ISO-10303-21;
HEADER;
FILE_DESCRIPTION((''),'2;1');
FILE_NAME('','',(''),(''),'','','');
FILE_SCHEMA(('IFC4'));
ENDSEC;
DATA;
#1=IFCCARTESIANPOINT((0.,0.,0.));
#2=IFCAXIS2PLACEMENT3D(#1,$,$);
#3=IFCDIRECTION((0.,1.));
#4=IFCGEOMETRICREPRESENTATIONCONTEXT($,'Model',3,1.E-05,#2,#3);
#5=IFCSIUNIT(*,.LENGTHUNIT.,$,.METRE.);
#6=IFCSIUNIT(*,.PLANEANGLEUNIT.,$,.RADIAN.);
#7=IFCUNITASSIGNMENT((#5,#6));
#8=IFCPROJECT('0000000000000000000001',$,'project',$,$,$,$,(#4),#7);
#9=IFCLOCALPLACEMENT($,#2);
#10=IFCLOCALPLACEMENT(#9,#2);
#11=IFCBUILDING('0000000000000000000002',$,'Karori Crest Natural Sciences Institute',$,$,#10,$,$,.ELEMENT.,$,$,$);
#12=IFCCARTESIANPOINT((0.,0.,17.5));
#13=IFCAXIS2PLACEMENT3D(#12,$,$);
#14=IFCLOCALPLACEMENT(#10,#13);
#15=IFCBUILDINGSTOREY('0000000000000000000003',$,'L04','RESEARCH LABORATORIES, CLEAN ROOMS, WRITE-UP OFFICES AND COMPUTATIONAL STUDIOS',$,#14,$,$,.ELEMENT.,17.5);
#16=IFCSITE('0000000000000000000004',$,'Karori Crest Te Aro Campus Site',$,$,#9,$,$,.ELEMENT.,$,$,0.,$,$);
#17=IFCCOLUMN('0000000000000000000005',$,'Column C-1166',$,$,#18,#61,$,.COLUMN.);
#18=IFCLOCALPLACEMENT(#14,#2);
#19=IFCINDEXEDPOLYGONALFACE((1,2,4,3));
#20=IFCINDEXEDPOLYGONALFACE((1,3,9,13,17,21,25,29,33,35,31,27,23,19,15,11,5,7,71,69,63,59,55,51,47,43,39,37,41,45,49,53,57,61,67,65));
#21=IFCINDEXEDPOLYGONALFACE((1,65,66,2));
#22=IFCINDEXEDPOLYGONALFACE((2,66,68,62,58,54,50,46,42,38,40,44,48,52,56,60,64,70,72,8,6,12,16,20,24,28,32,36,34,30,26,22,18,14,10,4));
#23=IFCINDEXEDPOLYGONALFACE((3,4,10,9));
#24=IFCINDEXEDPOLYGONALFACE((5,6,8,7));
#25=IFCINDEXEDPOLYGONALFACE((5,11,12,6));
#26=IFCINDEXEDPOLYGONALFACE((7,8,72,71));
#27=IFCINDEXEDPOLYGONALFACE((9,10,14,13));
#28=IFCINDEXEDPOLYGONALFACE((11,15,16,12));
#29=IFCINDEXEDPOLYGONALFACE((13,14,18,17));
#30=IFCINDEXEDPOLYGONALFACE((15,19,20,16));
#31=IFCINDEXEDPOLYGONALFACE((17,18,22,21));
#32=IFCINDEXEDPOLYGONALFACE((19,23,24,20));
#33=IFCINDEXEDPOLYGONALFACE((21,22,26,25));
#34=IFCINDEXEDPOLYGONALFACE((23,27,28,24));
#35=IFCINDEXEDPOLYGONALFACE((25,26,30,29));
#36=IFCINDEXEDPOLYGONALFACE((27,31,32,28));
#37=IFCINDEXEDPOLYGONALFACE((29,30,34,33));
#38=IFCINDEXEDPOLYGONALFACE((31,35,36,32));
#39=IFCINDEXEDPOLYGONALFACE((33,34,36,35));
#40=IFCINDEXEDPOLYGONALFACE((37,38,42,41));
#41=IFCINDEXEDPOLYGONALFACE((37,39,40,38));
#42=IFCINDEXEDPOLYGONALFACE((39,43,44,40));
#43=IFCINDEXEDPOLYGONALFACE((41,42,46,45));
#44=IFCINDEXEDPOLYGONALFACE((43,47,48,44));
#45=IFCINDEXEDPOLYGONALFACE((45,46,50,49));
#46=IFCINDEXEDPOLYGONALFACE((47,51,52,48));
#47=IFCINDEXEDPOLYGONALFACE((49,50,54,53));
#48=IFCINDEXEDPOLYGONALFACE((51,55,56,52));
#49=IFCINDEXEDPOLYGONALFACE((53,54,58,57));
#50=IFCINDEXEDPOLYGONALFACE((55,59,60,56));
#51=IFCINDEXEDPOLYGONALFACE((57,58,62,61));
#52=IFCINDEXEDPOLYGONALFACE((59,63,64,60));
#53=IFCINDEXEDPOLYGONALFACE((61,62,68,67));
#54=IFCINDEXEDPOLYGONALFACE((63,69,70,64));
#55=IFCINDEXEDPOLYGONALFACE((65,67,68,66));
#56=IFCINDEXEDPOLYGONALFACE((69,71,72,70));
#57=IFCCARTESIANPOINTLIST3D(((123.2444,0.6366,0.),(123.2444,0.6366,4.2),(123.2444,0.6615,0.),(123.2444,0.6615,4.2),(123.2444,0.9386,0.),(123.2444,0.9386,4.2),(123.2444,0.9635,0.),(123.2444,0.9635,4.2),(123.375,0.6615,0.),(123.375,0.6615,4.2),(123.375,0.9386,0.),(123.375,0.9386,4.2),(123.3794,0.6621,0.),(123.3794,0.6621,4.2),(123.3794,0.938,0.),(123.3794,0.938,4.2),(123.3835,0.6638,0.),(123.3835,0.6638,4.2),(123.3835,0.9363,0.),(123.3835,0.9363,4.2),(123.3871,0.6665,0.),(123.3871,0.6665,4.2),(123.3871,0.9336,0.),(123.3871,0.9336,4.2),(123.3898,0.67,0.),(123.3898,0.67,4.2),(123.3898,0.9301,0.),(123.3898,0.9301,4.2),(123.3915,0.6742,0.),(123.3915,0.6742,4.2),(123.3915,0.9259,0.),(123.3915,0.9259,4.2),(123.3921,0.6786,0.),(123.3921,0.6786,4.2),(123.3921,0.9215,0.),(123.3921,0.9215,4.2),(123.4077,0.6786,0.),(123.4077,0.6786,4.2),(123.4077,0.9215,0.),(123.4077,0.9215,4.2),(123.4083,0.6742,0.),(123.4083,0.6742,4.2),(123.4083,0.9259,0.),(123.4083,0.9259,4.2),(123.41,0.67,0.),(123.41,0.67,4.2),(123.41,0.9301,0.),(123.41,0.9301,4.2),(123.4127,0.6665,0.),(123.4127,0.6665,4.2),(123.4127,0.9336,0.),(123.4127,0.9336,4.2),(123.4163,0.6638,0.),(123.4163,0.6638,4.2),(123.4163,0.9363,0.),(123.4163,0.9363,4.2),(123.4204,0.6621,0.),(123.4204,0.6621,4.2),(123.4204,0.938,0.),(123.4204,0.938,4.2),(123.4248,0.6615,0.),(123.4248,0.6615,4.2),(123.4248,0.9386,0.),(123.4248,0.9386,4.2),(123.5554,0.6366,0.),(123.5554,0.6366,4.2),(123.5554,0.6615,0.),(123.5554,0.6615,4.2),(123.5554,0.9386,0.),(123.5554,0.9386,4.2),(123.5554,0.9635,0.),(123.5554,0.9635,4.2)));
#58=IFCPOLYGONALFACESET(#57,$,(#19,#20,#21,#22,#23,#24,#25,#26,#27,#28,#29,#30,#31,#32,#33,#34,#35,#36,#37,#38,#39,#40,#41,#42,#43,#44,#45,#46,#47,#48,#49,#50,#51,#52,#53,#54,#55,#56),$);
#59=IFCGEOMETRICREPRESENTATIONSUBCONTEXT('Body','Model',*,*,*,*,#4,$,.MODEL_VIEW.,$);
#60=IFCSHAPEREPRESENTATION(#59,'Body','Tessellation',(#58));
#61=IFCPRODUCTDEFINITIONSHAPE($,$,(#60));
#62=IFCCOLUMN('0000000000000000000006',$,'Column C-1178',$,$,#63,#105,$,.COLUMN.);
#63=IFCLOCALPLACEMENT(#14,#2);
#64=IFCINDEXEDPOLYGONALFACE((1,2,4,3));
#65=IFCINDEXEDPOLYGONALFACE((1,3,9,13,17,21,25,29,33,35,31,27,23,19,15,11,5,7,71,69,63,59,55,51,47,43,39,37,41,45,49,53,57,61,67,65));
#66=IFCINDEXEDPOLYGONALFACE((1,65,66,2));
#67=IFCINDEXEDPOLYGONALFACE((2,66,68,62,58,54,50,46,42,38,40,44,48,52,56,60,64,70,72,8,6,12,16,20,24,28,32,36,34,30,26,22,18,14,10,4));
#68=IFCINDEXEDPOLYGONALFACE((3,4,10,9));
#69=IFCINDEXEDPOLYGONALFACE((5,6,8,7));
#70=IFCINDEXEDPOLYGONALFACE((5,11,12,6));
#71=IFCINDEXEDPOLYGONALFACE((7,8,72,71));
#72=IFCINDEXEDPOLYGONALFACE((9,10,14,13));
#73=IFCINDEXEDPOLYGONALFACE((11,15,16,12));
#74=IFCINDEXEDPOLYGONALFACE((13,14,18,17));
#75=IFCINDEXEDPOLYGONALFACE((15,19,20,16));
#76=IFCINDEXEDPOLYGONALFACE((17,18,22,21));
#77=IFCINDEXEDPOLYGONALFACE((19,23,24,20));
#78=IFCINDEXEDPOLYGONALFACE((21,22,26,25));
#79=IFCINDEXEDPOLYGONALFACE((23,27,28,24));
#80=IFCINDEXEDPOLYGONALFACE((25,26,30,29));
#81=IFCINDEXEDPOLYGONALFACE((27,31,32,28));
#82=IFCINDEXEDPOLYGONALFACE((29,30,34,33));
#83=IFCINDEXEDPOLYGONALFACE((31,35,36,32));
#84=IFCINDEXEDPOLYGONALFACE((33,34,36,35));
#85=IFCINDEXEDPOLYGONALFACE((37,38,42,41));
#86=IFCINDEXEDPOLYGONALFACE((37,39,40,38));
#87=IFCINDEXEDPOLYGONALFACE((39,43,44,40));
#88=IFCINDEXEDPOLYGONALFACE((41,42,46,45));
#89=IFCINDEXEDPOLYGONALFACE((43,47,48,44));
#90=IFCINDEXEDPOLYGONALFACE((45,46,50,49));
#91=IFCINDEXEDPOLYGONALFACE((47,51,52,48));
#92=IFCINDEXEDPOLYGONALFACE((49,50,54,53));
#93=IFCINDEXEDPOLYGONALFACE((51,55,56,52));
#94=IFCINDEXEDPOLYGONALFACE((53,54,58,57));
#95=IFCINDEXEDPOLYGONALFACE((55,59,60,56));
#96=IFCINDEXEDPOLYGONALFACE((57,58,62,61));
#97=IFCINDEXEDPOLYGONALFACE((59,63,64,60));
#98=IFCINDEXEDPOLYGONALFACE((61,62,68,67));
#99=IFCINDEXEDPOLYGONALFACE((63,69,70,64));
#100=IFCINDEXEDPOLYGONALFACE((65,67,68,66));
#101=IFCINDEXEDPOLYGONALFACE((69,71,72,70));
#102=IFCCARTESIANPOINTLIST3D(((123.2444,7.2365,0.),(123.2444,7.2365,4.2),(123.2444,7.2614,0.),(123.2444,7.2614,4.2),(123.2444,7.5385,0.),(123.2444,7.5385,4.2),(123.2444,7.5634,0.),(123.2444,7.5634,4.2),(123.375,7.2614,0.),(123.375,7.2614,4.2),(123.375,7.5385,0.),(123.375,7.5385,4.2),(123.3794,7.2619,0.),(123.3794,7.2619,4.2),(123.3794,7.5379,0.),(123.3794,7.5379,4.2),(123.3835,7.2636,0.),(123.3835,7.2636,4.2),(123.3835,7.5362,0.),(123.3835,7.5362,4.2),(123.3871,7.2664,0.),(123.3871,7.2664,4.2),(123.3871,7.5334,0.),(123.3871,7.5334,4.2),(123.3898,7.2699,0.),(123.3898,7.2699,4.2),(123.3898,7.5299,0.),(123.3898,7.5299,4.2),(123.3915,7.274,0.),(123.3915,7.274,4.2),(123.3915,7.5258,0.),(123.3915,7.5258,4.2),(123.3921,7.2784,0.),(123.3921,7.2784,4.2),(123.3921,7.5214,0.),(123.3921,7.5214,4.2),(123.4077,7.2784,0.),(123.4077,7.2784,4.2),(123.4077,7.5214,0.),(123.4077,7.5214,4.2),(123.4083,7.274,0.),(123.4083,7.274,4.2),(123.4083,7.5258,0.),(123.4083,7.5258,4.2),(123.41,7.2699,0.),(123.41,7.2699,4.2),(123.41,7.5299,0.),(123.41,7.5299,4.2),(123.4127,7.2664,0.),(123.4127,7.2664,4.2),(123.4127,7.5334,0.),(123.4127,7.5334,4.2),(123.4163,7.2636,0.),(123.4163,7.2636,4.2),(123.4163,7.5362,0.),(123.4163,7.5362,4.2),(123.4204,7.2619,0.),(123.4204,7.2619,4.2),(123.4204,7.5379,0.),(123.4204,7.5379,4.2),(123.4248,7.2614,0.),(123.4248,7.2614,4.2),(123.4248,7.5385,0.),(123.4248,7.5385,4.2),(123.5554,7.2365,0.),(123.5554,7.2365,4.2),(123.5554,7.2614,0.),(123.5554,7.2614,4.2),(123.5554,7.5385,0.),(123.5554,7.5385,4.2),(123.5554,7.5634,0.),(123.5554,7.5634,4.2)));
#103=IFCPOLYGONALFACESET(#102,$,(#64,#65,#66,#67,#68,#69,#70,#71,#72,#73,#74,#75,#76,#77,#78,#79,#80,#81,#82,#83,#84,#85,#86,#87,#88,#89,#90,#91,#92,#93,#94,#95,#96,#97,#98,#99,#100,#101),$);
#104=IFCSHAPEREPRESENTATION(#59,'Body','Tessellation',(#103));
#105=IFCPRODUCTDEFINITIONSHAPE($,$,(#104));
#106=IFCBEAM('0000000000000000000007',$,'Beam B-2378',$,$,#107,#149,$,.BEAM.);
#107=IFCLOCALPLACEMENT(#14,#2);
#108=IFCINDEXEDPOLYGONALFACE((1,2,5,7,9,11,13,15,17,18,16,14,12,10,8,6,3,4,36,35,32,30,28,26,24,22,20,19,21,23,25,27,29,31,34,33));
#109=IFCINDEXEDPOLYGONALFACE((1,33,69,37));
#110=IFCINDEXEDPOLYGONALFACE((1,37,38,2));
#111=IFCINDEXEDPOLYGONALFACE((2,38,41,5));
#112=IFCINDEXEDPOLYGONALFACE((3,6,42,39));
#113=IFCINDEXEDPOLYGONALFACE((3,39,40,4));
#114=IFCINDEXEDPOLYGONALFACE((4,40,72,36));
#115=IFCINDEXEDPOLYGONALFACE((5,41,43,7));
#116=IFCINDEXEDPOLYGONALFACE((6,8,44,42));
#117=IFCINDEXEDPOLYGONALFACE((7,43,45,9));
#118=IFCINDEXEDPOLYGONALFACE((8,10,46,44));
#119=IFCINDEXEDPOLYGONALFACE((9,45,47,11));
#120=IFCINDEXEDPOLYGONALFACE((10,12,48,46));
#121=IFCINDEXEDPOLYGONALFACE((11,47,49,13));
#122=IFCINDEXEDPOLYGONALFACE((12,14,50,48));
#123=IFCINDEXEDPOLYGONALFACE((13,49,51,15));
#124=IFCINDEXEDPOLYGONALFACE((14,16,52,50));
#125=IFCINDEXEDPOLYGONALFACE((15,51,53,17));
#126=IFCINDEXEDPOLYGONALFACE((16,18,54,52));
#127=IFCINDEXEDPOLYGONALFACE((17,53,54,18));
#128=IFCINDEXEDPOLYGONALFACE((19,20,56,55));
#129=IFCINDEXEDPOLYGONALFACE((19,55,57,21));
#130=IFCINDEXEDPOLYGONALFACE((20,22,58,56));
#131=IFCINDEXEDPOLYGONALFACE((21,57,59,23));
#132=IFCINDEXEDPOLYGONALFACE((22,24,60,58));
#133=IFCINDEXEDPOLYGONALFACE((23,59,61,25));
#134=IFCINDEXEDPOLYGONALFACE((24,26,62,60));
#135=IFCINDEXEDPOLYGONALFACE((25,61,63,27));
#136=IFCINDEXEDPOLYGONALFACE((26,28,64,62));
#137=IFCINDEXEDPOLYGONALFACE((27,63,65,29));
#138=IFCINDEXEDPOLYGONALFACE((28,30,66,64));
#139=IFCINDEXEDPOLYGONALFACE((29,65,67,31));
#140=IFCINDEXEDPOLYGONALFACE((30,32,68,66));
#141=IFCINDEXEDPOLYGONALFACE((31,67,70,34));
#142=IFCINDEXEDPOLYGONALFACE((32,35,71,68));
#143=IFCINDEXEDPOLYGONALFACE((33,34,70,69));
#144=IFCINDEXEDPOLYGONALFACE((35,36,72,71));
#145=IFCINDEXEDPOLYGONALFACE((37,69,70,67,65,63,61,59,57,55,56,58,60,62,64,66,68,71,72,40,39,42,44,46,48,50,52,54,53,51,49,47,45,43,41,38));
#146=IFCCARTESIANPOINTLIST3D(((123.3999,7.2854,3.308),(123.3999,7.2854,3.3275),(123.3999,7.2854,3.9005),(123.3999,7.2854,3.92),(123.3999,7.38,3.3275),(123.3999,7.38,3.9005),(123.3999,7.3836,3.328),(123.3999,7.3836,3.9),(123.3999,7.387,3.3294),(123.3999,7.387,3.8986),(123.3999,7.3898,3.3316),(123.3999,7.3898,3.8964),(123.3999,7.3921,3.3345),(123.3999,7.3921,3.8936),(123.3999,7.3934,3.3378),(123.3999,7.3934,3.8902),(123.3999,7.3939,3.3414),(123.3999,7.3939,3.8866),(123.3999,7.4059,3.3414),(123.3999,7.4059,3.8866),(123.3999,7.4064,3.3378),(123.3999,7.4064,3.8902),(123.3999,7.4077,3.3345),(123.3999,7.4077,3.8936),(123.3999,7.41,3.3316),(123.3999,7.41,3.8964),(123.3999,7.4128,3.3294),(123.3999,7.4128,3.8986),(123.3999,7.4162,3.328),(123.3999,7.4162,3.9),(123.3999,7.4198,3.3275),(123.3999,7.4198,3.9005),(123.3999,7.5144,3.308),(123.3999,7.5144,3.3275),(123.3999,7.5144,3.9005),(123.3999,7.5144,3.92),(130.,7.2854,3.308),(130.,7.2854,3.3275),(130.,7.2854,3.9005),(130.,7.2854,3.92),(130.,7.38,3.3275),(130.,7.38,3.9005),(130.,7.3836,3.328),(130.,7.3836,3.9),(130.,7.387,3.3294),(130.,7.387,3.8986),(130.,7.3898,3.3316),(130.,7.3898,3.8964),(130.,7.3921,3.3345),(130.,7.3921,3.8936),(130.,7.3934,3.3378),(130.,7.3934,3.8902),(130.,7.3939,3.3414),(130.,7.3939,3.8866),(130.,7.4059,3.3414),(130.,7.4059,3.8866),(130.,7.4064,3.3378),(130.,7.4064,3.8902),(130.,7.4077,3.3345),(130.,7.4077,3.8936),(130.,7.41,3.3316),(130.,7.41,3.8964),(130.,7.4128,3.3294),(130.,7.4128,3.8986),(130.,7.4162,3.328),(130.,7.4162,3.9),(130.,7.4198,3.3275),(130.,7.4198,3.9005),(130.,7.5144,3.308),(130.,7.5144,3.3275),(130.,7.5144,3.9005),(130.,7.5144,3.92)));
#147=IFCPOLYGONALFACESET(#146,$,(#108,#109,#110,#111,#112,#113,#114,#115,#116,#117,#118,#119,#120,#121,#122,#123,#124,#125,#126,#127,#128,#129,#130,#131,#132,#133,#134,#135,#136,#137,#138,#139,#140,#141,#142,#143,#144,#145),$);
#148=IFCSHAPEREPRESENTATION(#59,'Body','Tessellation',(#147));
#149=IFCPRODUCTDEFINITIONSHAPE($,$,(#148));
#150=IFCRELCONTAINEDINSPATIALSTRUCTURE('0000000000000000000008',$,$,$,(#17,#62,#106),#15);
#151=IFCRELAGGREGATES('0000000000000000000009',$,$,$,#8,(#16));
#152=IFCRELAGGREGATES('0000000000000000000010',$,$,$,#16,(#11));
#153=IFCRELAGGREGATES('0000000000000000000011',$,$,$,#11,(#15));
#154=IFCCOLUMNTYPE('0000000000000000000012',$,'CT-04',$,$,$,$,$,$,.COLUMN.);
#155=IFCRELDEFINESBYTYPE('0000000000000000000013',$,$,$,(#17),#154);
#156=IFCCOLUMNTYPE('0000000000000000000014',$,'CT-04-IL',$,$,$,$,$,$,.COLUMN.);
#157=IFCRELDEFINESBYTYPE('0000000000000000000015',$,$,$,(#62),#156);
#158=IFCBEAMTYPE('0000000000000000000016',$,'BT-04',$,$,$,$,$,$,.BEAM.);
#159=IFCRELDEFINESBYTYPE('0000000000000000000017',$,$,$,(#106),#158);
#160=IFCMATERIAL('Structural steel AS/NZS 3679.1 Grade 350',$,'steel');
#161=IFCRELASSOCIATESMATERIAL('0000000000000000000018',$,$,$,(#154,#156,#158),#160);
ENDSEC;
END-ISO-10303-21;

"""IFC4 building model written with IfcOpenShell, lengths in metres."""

from ifc_helpers import new_model, si_unit, direction, frame, origin, origin_2d, place, context, subcontext, project, spatial, i_section, extrude, material, material_profile, profile_set, type_object, element, save


model = new_model("IFC4")

# Units and contexts
model_context = context("Model", 3, precision=1e-05, world=origin(), true_north=direction((0.0, 1.0)))
body_context = subcontext(model_context, "Body", "Model", "MODEL_VIEW")
ifc_project = project(units=[si_unit("LENGTHUNIT", "METRE"), si_unit("PLANEANGLEUNIT", "RADIAN")], contexts=[model_context])

# Site, building, storey
site_placement = place(None, origin())
site = spatial("IfcSite", under=ifc_project, at=site_placement, Name="Karori Crest Te Aro Campus Site", CompositionType="ELEMENT", RefElevation=0.0)
building_placement = place(site_placement, origin())
building = spatial("IfcBuilding", under=site, at=building_placement, Name="Karori Crest Natural Sciences Institute", CompositionType="ELEMENT")
storey_placement = place(building_placement, frame((0.0, 0.0, 17.5)))
storey = spatial("IfcBuildingStorey", under=building, at=storey_placement, Name="L04", Description="RESEARCH LABORATORIES, CLEAN ROOMS, WRITE-UP OFFICES AND COMPUTATIONAL STUDIOS", CompositionType="ELEMENT", Elevation=17.5)

# Columns
ifc_material_1 = material(Name="Structural steel AS/NZS 3679.1 Grade 350", Category="steel")
ifc_material_profile_1 = material_profile(ifc_material_1, i_section(OverallWidth=0.311, OverallDepth=0.3269, WebThickness=0.0156, FlangeThickness=0.0249, FilletRadius=0.0171, at=origin_2d()), Name="310UC158")
ifc_profile_set_1 = profile_set([ifc_material_profile_1], Name="Structural steel AS/NZS 3679.1 Grade 350")
column_type_1 = type_object("IfcColumnType", Name="CT-04", PredefinedType="COLUMN", material=ifc_profile_set_1)
column_1_placement = place(storey_placement, frame((123.3999, 0.8, 0.0), z_axis=(0.0, 0.0, 1.0), x_axis=(1.0, 0.0, 0.0)))
element("IfcColumn", 1, at=column_1_placement, inside=storey, type_object=column_type_1, Name="Column C-1166", PredefinedType="COLUMN", context=body_context, shape_type="SweptSolid", body=[
    extrude(i_section(OverallWidth=0.311, OverallDepth=0.3269, WebThickness=0.0156, FlangeThickness=0.0249, FilletRadius=0.0171, at=origin_2d()), origin(), (0.0, 0.0, 1.0), 4.2),
])
ifc_material_profile_2 = material_profile(ifc_material_1, i_section(OverallWidth=0.311, OverallDepth=0.3269, WebThickness=0.0156, FlangeThickness=0.0249, FilletRadius=0.0171, at=origin_2d()), Name="310UC158")
ifc_profile_set_2 = profile_set([ifc_material_profile_2], Name="Structural steel AS/NZS 3679.1 Grade 350")
column_type_2 = type_object("IfcColumnType", Name="CT-04-IL", PredefinedType="COLUMN", material=ifc_profile_set_2)
column_2_placement = place(storey_placement, frame((123.3999, 7.3999, 0.0), z_axis=(0.0, 0.0, 1.0), x_axis=(1.0, 0.0, 0.0)))
element("IfcColumn", 2, at=column_2_placement, inside=storey, type_object=column_type_2, Name="Column C-1178", PredefinedType="COLUMN", context=body_context, shape_type="SweptSolid", body=[
    extrude(i_section(OverallWidth=0.311, OverallDepth=0.3269, WebThickness=0.0156, FlangeThickness=0.0249, FilletRadius=0.0171, at=origin_2d()), origin(), (0.0, 0.0, 1.0), 4.2),
])

# Beam
ifc_material_profile_3 = material_profile(ifc_material_1, i_section(OverallWidth=0.229, OverallDepth=0.6121, WebThickness=0.012, FlangeThickness=0.0195, FilletRadius=0.0139, at=origin_2d()), Name="610UB125")
ifc_profile_set_3 = profile_set([ifc_material_profile_3], Name="Structural steel AS/NZS 3679.1 Grade 350")
beam_type_1 = type_object("IfcBeamType", Name="BT-04", PredefinedType="BEAM", material=ifc_profile_set_3)
beam_1_placement = place(storey_placement, frame((123.3999, 7.3999, 3.614), z_axis=(1.0, 0.0, 0.0), x_axis=(0.0, 1.0, 0.0)))
element("IfcBeam", 3, at=beam_1_placement, inside=storey, type_object=beam_type_1, Name="Beam B-2378", PredefinedType="BEAM", context=body_context, shape_type="SweptSolid", body=[
    extrude(i_section(OverallWidth=0.229, OverallDepth=0.6121, WebThickness=0.012, FlangeThickness=0.0195, FilletRadius=0.0139, at=origin_2d()), origin(), (0.0, 0.0, 1.0), 6.6001),
])

save(model, "model.ifc")
